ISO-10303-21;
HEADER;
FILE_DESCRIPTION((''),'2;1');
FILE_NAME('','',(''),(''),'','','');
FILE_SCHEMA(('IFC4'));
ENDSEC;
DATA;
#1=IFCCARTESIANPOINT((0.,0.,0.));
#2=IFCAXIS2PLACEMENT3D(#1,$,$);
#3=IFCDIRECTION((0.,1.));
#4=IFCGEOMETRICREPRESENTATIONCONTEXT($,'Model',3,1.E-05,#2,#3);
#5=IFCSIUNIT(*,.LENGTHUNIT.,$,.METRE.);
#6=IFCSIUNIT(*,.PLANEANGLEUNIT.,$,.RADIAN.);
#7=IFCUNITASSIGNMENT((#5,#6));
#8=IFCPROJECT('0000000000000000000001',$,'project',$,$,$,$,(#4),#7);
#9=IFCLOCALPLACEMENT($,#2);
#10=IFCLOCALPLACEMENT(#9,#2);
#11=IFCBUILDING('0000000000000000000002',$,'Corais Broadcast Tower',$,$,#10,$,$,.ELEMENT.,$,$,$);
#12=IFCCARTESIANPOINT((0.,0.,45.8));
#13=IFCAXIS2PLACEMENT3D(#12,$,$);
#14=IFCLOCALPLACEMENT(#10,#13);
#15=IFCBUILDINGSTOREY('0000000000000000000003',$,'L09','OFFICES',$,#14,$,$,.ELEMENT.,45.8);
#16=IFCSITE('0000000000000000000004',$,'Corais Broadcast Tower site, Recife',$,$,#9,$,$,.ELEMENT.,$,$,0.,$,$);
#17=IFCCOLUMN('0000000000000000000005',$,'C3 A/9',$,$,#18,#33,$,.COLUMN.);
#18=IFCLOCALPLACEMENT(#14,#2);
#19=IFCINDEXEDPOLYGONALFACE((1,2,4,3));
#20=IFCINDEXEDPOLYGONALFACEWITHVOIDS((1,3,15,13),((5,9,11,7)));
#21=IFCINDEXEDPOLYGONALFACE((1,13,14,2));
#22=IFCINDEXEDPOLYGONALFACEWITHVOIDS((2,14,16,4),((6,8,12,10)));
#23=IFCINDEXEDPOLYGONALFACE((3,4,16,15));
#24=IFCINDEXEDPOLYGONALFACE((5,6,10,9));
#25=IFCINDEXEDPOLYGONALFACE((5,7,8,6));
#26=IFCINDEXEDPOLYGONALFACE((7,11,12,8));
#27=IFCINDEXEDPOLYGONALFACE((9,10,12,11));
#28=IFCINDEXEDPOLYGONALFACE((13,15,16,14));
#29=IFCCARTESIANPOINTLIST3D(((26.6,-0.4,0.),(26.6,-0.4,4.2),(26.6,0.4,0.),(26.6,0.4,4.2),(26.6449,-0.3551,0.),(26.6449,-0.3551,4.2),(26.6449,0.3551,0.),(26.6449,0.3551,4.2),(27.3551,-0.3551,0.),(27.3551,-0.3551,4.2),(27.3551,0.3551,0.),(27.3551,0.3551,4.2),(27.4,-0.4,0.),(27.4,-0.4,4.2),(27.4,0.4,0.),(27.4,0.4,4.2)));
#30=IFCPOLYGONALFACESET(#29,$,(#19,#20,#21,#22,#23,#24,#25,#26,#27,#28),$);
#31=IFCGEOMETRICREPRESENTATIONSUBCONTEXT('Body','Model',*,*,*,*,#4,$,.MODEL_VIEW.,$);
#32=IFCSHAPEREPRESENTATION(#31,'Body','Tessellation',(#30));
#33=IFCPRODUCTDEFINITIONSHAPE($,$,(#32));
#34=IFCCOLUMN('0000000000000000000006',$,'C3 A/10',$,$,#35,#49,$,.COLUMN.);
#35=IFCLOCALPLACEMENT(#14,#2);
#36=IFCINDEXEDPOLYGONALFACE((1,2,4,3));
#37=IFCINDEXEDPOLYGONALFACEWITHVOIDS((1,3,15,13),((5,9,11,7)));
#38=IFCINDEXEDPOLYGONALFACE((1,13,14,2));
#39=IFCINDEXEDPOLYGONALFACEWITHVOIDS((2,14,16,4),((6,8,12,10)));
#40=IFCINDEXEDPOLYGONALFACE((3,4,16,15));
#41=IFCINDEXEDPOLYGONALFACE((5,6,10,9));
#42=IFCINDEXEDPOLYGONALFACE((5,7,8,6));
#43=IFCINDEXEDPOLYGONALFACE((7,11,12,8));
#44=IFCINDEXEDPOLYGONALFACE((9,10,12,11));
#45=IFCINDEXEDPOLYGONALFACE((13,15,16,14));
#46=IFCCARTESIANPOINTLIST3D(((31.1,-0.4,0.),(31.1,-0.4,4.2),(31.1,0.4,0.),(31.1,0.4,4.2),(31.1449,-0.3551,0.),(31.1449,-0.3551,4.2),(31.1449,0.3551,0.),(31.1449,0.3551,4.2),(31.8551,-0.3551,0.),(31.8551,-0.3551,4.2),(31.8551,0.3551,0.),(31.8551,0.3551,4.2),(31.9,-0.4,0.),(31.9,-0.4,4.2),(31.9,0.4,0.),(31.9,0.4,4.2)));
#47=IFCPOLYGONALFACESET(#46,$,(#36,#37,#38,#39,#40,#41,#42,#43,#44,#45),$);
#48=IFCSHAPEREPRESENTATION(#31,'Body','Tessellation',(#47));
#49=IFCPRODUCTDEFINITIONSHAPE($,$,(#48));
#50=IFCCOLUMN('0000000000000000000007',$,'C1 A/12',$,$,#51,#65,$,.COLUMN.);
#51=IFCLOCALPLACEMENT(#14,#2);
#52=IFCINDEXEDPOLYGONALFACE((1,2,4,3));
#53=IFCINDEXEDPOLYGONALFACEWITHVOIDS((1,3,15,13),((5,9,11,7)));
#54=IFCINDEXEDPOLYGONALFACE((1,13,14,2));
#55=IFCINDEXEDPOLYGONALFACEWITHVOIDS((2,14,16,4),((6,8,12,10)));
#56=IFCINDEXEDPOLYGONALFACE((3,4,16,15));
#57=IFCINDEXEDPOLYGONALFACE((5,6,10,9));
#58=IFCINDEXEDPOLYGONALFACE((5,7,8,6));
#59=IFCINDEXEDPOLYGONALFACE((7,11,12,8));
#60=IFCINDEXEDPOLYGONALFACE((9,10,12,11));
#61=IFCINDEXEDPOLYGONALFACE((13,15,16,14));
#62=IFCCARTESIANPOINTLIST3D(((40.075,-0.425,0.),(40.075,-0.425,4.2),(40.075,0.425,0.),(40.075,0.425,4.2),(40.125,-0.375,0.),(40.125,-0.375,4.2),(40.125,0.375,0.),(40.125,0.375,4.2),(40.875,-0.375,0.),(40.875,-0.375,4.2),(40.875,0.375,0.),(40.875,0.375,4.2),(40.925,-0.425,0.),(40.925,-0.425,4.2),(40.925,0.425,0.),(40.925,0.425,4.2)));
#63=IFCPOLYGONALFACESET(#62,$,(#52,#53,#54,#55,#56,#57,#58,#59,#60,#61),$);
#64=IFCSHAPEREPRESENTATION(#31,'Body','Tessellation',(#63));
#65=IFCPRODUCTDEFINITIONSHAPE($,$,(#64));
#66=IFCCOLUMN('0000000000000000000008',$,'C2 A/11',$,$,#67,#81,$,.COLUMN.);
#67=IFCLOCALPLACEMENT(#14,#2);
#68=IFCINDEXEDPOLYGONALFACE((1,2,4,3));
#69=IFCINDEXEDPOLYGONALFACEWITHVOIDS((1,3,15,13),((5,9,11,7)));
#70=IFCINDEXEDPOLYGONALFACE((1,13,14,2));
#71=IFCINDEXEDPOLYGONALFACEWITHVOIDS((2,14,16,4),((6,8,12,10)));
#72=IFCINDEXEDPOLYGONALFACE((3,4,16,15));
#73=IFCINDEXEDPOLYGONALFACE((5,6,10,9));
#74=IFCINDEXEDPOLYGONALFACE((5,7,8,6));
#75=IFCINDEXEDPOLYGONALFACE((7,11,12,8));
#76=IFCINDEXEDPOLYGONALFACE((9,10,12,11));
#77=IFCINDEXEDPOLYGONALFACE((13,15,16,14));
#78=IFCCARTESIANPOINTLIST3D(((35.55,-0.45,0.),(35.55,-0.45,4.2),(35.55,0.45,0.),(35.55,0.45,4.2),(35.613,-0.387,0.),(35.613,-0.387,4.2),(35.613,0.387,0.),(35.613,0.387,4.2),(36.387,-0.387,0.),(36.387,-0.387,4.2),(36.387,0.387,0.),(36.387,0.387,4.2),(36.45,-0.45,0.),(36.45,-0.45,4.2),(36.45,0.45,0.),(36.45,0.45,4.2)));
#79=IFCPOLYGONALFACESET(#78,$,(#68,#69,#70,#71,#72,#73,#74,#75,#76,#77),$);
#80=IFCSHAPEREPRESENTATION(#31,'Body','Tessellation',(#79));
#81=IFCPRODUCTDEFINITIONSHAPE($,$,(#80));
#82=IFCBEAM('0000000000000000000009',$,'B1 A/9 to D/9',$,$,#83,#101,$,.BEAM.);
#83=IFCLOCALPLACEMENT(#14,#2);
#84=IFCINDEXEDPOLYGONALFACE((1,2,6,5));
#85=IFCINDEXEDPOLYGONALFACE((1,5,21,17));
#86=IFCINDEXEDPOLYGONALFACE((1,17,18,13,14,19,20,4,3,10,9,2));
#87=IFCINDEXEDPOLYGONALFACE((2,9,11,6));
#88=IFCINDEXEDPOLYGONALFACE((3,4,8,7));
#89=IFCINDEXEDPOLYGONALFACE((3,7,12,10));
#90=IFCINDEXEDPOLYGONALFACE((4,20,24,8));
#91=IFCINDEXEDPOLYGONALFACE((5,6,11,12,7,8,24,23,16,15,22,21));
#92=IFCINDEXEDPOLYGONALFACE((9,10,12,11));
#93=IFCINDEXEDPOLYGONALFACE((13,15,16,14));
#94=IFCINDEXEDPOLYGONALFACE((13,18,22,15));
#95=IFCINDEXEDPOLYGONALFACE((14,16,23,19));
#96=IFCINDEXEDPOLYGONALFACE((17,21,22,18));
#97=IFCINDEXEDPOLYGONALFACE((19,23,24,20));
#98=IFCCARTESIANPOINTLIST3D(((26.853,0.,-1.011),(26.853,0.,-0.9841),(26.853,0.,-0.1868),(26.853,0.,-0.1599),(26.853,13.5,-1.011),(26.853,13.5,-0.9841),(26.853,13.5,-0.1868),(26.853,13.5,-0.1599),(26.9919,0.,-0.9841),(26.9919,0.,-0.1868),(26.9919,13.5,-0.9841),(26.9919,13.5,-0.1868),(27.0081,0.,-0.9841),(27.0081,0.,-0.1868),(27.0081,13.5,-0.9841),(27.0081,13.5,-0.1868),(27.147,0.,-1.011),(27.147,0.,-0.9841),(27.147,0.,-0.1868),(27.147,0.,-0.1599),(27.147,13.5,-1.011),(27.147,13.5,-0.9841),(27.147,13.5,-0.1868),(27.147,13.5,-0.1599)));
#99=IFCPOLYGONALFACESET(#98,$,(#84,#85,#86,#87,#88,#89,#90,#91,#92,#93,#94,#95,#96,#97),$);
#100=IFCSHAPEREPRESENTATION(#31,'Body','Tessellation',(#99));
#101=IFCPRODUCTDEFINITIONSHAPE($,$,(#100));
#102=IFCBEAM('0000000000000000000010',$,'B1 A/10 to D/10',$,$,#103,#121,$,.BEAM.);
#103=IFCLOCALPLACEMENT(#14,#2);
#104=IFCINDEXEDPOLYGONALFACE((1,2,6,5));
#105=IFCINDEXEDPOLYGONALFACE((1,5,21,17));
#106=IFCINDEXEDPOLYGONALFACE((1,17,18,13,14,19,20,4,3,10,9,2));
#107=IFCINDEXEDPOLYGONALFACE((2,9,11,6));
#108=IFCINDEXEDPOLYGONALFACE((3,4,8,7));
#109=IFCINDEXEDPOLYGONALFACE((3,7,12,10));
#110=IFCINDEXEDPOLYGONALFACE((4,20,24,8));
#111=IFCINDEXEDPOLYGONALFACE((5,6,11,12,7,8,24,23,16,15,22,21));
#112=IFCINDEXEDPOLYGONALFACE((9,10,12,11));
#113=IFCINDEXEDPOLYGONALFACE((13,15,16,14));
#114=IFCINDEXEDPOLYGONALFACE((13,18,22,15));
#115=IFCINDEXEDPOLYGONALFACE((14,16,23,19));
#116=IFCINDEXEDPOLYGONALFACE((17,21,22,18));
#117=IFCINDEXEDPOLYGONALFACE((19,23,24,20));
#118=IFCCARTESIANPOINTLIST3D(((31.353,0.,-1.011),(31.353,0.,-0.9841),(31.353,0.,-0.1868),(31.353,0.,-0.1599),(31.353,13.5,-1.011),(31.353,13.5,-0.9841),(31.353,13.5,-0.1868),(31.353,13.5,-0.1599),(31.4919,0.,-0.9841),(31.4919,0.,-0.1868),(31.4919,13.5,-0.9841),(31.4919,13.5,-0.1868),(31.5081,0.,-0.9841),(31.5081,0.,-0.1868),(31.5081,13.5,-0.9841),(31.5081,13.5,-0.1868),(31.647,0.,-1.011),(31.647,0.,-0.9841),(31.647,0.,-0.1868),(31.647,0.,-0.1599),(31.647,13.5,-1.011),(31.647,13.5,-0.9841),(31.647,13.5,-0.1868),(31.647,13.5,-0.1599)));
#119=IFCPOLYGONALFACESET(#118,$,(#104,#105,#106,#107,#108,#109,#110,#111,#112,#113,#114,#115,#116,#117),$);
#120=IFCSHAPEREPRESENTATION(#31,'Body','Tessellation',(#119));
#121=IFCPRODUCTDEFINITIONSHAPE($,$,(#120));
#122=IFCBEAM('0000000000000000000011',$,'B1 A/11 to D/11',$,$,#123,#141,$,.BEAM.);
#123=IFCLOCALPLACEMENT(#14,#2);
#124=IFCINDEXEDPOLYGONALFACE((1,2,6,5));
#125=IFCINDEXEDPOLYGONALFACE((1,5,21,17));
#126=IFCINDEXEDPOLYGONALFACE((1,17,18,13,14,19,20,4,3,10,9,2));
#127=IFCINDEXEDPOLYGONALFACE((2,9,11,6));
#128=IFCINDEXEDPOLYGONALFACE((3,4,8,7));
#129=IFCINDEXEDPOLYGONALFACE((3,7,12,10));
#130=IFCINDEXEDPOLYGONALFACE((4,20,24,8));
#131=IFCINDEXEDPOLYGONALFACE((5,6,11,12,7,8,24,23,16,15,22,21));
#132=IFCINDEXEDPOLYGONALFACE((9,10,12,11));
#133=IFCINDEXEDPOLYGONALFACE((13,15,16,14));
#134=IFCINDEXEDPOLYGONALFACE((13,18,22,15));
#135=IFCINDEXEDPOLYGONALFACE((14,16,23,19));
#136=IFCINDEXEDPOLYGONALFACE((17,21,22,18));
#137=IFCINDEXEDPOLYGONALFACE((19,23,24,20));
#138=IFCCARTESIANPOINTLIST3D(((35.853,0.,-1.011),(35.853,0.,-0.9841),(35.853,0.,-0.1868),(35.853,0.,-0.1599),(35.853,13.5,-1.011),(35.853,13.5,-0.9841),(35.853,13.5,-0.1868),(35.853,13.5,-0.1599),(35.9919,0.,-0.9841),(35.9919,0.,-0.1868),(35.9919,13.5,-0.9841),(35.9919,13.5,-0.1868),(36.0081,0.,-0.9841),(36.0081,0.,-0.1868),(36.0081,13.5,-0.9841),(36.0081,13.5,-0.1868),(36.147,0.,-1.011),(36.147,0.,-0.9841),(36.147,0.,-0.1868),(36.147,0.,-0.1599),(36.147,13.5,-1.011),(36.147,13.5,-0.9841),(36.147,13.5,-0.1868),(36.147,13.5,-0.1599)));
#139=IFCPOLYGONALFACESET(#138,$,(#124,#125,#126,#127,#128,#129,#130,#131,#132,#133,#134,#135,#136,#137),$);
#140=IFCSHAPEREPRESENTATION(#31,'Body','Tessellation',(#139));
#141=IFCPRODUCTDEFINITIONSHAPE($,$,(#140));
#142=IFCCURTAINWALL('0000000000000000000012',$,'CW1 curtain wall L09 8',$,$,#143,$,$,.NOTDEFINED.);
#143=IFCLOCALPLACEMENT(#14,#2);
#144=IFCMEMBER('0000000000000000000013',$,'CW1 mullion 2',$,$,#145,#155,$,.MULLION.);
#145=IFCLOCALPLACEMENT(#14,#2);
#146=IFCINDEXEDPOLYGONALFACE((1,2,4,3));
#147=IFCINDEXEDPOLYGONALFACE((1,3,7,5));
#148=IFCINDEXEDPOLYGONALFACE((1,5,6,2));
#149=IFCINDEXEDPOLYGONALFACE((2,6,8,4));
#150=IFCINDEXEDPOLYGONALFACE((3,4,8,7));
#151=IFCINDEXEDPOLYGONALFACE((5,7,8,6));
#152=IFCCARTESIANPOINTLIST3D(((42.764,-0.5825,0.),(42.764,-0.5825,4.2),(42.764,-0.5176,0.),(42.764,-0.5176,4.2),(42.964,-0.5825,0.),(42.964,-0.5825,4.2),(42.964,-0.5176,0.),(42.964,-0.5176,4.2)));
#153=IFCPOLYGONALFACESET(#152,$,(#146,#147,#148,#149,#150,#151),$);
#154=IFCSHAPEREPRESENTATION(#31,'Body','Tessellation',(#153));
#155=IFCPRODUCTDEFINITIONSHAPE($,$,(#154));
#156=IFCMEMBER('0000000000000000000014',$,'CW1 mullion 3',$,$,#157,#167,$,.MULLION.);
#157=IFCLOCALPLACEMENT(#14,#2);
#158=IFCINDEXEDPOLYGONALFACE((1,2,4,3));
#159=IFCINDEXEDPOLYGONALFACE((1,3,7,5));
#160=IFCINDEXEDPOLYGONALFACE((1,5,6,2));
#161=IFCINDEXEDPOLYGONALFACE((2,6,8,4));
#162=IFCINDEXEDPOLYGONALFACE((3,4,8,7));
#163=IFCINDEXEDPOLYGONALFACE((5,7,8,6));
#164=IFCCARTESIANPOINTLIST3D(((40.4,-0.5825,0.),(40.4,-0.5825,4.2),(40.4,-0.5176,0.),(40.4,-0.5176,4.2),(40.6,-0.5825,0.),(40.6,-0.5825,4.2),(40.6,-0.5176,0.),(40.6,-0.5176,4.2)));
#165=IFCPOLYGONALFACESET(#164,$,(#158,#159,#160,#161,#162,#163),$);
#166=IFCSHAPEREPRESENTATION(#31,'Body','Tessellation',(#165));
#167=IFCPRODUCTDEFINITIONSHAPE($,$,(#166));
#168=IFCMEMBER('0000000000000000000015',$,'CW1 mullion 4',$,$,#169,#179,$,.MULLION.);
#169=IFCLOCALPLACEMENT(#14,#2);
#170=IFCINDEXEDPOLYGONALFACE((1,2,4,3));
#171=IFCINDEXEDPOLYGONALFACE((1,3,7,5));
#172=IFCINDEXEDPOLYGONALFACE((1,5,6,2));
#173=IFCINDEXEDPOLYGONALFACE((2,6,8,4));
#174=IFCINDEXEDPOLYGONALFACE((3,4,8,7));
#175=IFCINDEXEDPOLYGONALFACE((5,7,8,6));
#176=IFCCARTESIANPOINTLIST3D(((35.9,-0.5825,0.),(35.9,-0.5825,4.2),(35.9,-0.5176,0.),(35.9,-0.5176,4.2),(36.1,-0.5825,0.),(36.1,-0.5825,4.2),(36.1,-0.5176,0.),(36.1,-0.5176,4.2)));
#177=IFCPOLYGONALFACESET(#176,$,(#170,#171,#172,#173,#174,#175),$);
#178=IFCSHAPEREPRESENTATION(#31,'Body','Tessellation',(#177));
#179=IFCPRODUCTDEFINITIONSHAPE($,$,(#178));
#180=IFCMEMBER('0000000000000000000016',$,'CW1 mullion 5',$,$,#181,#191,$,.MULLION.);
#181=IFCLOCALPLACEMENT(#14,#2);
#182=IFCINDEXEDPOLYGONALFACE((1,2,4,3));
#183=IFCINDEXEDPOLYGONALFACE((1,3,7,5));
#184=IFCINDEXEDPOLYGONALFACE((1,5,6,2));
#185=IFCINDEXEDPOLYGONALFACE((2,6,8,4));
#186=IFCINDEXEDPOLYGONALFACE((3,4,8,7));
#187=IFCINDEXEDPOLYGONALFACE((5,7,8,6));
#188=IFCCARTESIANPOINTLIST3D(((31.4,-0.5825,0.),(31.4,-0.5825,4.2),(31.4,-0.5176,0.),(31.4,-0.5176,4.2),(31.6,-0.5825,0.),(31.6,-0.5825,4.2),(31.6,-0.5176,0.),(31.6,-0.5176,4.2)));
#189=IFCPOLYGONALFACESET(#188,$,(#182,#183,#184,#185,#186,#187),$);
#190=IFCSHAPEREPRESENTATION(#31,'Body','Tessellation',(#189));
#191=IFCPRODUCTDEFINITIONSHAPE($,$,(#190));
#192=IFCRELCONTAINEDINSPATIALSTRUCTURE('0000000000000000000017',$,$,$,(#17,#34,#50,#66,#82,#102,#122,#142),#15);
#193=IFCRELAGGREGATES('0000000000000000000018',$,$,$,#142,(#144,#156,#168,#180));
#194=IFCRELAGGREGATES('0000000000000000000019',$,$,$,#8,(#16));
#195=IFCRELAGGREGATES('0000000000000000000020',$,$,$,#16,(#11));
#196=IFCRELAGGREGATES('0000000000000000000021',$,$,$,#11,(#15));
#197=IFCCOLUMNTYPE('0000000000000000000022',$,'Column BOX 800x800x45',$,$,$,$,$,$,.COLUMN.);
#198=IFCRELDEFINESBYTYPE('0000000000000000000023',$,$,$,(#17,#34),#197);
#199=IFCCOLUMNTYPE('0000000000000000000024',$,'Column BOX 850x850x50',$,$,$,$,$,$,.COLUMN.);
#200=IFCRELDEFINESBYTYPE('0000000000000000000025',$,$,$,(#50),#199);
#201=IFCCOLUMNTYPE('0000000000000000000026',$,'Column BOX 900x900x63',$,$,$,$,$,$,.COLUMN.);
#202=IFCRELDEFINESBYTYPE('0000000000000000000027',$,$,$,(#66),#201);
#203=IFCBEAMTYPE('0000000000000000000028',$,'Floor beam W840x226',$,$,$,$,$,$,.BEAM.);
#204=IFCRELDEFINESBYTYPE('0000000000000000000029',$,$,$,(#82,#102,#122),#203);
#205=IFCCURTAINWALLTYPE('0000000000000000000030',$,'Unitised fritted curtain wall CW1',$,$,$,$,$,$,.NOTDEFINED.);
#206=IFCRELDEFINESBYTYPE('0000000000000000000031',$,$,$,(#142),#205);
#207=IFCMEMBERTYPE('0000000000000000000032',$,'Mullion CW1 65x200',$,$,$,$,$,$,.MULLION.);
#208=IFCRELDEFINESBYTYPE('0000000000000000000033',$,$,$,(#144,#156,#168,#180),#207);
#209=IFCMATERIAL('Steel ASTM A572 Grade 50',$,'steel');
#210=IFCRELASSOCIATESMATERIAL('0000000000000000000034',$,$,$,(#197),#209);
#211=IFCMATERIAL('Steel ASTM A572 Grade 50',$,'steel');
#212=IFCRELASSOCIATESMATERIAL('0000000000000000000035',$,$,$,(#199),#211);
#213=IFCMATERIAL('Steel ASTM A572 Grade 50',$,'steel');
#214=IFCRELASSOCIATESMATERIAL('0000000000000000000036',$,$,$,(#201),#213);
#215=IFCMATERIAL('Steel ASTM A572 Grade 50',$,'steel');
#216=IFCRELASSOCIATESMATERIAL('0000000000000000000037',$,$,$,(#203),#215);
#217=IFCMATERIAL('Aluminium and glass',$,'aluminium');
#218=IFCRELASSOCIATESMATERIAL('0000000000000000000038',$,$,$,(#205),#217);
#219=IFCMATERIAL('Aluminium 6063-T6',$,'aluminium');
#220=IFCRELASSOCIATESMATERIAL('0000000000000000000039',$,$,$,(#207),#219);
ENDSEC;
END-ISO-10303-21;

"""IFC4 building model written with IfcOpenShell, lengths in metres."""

from ifc_helpers import new_model, si_unit, direction, frame, origin, origin_2d, place, context, subcontext, project, spatial, rectangle, hollow_rectangle, i_section, extrude, material, material_profile, profile_set, type_object, element, aggregate, save


model = new_model("IFC4")

# Units and contexts
model_context = context("Model", 3, precision=1e-05, world=origin(), true_north=direction((0.0, 1.0)))
body_context = subcontext(model_context, "Body", "Model", "MODEL_VIEW")
ifc_project = project(units=[si_unit("LENGTHUNIT", "METRE"), si_unit("PLANEANGLEUNIT", "RADIAN")], contexts=[model_context])

# Site, building, storey
site_placement = place(None, origin())
site = spatial("IfcSite", under=ifc_project, at=site_placement, Name="Corais Broadcast Tower site, Recife", CompositionType="ELEMENT", RefElevation=0.0)
building_placement = place(site_placement, origin())
building = spatial("IfcBuilding", under=site, at=building_placement, Name="Corais Broadcast Tower", CompositionType="ELEMENT")
storey_placement = place(building_placement, frame((0.0, 0.0, 45.8)))
storey = spatial("IfcBuildingStorey", under=building, at=storey_placement, Name="L09", Description="OFFICES", CompositionType="ELEMENT", Elevation=45.8)

# Columns
ifc_material_1 = material(Name="Steel ASTM A572 Grade 50", Category="steel")
ifc_material_profile_1 = material_profile(ifc_material_1, hollow_rectangle(XDim=0.8, YDim=0.8, WallThickness=0.0449, at=origin_2d()), Name="BOX 800x800x45")
ifc_profile_set_1 = profile_set([ifc_material_profile_1], Name="Steel ASTM A572 Grade 50")
column_type_1 = type_object("IfcColumnType", Name="Column BOX 800x800x45", PredefinedType="COLUMN", material=ifc_profile_set_1)
for number, where, z_axis, x_axis, name in (
    (1, (27.0, 0.0, 0.0), (0.0, 0.0, 1.0), (1.0, 0.0, 0.0), "C3 A/9"),
    (2, (31.5, 0.0, 0.0), (0.0, 0.0, 1.0), (1.0, 0.0, 0.0), "C3 A/10"),
):
    element("IfcColumn", number, at=place(storey_placement, frame(where, z_axis=z_axis, x_axis=x_axis)), inside=storey, type_object=column_type_1, Name=name, PredefinedType="COLUMN", context=body_context, shape_type="SweptSolid", body=[
        extrude(hollow_rectangle(XDim=0.8, YDim=0.8, WallThickness=0.0449, at=origin_2d()), origin(), (0.0, 0.0, 1.0), 4.2),
    ])
ifc_material_2 = material(Name="Steel ASTM A572 Grade 50", Category="steel")
ifc_material_profile_2 = material_profile(ifc_material_2, hollow_rectangle(XDim=0.8501, YDim=0.8501, WallThickness=0.05, at=origin_2d()), Name="BOX 850x850x50")
ifc_profile_set_2 = profile_set([ifc_material_profile_2], Name="Steel ASTM A572 Grade 50")
column_type_2 = type_object("IfcColumnType", Name="Column BOX 850x850x50", PredefinedType="COLUMN", material=ifc_profile_set_2)
column_1_placement = place(storey_placement, frame((40.5, 0.0, 0.0), z_axis=(0.0, 0.0, 1.0), x_axis=(1.0, 0.0, 0.0)))
element("IfcColumn", 3, at=column_1_placement, inside=storey, type_object=column_type_2, Name="C1 A/12", PredefinedType="COLUMN", context=body_context, shape_type="SweptSolid", body=[
    extrude(hollow_rectangle(XDim=0.8501, YDim=0.8501, WallThickness=0.05, at=origin_2d()), origin(), (0.0, 0.0, 1.0), 4.2),
])
ifc_material_3 = material(Name="Steel ASTM A572 Grade 50", Category="steel")
ifc_material_profile_3 = material_profile(ifc_material_3, hollow_rectangle(XDim=0.8999, YDim=0.8999, WallThickness=0.063, at=origin_2d()), Name="BOX 900x900x63")
ifc_profile_set_3 = profile_set([ifc_material_profile_3], Name="Steel ASTM A572 Grade 50")
column_type_3 = type_object("IfcColumnType", Name="Column BOX 900x900x63", PredefinedType="COLUMN", material=ifc_profile_set_3)
column_2_placement = place(storey_placement, frame((36.0, 0.0, 0.0), z_axis=(0.0, 0.0, 1.0), x_axis=(1.0, 0.0, 0.0)))
element("IfcColumn", 4, at=column_2_placement, inside=storey, type_object=column_type_3, Name="C2 A/11", PredefinedType="COLUMN", context=body_context, shape_type="SweptSolid", body=[
    extrude(hollow_rectangle(XDim=0.8999, YDim=0.8999, WallThickness=0.063, at=origin_2d()), origin(), (0.0, 0.0, 1.0), 4.2),
])

# Beams
ifc_material_4 = material(Name="Steel ASTM A572 Grade 50", Category="steel")
ifc_material_profile_4 = material_profile(ifc_material_4, i_section(OverallWidth=0.2939, OverallDepth=0.8511, WebThickness=0.0161, FlangeThickness=0.0269, at=origin_2d()), Name="W840x226")
ifc_profile_set_4 = profile_set([ifc_material_profile_4], Name="Steel ASTM A572 Grade 50")
beam_type_1 = type_object("IfcBeamType", Name="Floor beam W840x226", PredefinedType="BEAM", material=ifc_profile_set_4)
for number, where, z_axis, x_axis, name in (
    (5, (27.0, 0.0, -0.5854), (0.0, 1.0, 0.0), (-1.0, 0.0, 0.0), "B1 A/9 to D/9"),
    (6, (31.5, 0.0, -0.5854), (0.0, 1.0, 0.0), (-1.0, 0.0, 0.0), "B1 A/10 to D/10"),
    (7, (36.0, 0.0, -0.5854), (0.0, 1.0, 0.0), (-1.0, 0.0, 0.0), "B1 A/11 to D/11"),
):
    element("IfcBeam", number, at=place(storey_placement, frame(where, z_axis=z_axis, x_axis=x_axis)), inside=storey, type_object=beam_type_1, Name=name, PredefinedType="BEAM", context=body_context, shape_type="SweptSolid", body=[
        extrude(i_section(OverallWidth=0.2939, OverallDepth=0.8511, WebThickness=0.0161, FlangeThickness=0.0269, at=origin_2d()), origin(), (0.0, 0.0, 1.0), 13.5),
    ])

# Curtain wall, members
ifc_material_5 = material(Name="Aluminium and glass", Category="aluminium")
curtain_wall_type = type_object("IfcCurtainWallType", Name="Unitised fritted curtain wall CW1", PredefinedType="NOTDEFINED", material=ifc_material_5)
curtain_wall_placement = place(storey_placement, origin())
curtain_wall = element("IfcCurtainWall", 8, at=curtain_wall_placement, inside=storey, type_object=curtain_wall_type, Name="CW1 curtain wall L09 8", PredefinedType="NOTDEFINED")
ifc_material_6 = material(Name="Aluminium 6063-T6", Category="aluminium")
ifc_material_profile_5 = material_profile(ifc_material_6, rectangle(XDim=0.0649, YDim=0.2, at=origin_2d()), Name="Mullion CW1 65x200")
ifc_profile_set_5 = profile_set([ifc_material_profile_5], Name="Aluminium 6063-T6")
member_type_1 = type_object("IfcMemberType", Name="Mullion CW1 65x200", PredefinedType="MULLION", material=ifc_profile_set_5)
member_1_placement = place(storey_placement, frame((42.864, -0.55, 0.0), z_axis=(0.0, 0.0, 1.0), x_axis=(0.0, -1.0, 0.0)))
member_1 = element("IfcMember", 9, at=member_1_placement, type_object=member_type_1, Name="CW1 mullion 2", PredefinedType="MULLION", context=body_context, shape_type="SweptSolid", body=[
    extrude(rectangle(XDim=0.0649, YDim=0.2, at=origin_2d()), origin(), (0.0, 0.0, 1.0), 4.2),
])
member_2_placement = place(storey_placement, frame((40.5, -0.55, 0.0), z_axis=(0.0, 0.0, 1.0), x_axis=(0.0, -1.0, 0.0)))
member_2 = element("IfcMember", 10, at=member_2_placement, type_object=member_type_1, Name="CW1 mullion 3", PredefinedType="MULLION", context=body_context, shape_type="SweptSolid", body=[
    extrude(rectangle(XDim=0.0649, YDim=0.2, at=origin_2d()), origin(), (0.0, 0.0, 1.0), 4.2),
])
member_3_placement = place(storey_placement, frame((36.0, -0.55, 0.0), z_axis=(0.0, 0.0, 1.0), x_axis=(0.0, -1.0, 0.0)))
member_3 = element("IfcMember", 11, at=member_3_placement, type_object=member_type_1, Name="CW1 mullion 4", PredefinedType="MULLION", context=body_context, shape_type="SweptSolid", body=[
    extrude(rectangle(XDim=0.0649, YDim=0.2, at=origin_2d()), origin(), (0.0, 0.0, 1.0), 4.2),
])
member_4_placement = place(storey_placement, frame((31.5, -0.55, 0.0), z_axis=(0.0, 0.0, 1.0), x_axis=(0.0, -1.0, 0.0)))
member_4 = element("IfcMember", 12, at=member_4_placement, type_object=member_type_1, Name="CW1 mullion 5", PredefinedType="MULLION", context=body_context, shape_type="SweptSolid", body=[
    extrude(rectangle(XDim=0.0649, YDim=0.2, at=origin_2d()), origin(), (0.0, 0.0, 1.0), 4.2),
])

aggregate(curtain_wall, [member_1, member_2, member_3, member_4])

save(model, "model.ifc")
